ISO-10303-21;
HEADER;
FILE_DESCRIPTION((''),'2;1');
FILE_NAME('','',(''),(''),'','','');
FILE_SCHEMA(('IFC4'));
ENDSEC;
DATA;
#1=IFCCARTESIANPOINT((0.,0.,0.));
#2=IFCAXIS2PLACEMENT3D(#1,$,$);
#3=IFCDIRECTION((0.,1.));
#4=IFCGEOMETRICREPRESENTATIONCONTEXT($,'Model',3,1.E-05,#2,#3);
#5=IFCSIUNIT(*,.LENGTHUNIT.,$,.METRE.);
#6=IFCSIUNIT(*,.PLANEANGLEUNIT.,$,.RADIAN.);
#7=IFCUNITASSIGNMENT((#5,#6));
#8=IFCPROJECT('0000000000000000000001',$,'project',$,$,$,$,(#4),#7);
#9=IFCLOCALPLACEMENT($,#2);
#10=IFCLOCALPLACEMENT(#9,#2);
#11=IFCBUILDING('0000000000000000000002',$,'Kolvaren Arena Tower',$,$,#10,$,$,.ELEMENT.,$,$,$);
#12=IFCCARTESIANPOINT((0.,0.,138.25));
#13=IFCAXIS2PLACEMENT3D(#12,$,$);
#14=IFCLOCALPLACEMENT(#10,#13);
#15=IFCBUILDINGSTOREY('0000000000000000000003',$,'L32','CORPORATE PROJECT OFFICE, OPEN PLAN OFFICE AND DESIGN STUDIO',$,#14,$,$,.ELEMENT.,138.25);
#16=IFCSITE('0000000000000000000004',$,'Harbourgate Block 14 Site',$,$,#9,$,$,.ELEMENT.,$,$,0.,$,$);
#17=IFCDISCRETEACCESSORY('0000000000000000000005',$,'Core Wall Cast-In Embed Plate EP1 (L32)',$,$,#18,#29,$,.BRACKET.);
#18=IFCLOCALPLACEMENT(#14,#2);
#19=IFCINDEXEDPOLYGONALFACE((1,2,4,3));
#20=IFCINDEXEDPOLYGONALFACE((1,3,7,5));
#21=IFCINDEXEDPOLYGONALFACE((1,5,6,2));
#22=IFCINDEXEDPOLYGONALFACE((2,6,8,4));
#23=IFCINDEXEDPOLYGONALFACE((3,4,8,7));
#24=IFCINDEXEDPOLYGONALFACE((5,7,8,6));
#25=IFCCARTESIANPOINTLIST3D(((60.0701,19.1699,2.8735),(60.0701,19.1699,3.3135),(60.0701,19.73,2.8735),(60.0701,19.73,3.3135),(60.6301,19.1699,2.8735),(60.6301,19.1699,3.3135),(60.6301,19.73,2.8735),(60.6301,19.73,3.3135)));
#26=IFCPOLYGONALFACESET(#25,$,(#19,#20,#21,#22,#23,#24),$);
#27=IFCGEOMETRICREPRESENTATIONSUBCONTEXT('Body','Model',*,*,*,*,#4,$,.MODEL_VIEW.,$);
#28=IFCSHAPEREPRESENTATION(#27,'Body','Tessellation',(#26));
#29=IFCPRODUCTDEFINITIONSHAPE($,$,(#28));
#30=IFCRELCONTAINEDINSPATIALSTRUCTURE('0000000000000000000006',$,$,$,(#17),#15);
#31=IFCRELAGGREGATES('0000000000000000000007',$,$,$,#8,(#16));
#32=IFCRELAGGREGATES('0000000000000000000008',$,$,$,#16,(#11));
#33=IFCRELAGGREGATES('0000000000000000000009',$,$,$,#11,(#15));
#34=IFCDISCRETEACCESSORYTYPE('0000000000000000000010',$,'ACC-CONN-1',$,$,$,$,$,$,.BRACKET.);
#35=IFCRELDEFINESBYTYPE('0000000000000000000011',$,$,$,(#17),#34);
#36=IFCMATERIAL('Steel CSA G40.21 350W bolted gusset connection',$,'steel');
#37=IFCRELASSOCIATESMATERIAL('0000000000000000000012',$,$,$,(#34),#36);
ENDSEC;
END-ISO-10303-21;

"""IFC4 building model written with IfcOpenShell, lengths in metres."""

from ifc_helpers import new_model, si_unit, direction, frame, origin, origin_2d, place, context, subcontext, project, spatial, rectangle, extrude, material, type_object, element, save


model = new_model("IFC4")

# Units and contexts
model_context = context("Model", 3, precision=1e-05, world=origin(), true_north=direction((0.0, 1.0)))
body_context = subcontext(model_context, "Body", "Model", "MODEL_VIEW")
ifc_project = project(units=[si_unit("LENGTHUNIT", "METRE"), si_unit("PLANEANGLEUNIT", "RADIAN")], contexts=[model_context])

# Site, building, storey
site_placement = place(None, origin())
site = spatial("IfcSite", under=ifc_project, at=site_placement, Name="Harbourgate Block 14 Site", CompositionType="ELEMENT", RefElevation=0.0)
building_placement = place(site_placement, origin())
building = spatial("IfcBuilding", under=site, at=building_placement, Name="Kolvaren Arena Tower", CompositionType="ELEMENT")
storey_placement = place(building_placement, frame((0.0, 0.0, 138.25)))
storey = spatial("IfcBuildingStorey", under=building, at=storey_placement, Name="L32", Description="CORPORATE PROJECT OFFICE, OPEN PLAN OFFICE AND DESIGN STUDIO", CompositionType="ELEMENT", Elevation=138.25)

# Discrete accessory
ifc_material_1 = material(Name="Steel CSA G40.21 350W bolted gusset connection", Category="steel")
discrete_accessory_type_1 = type_object("IfcDiscreteAccessoryType", Name="ACC-CONN-1", PredefinedType="BRACKET", material=ifc_material_1)
discrete_accessory_1_placement = place(storey_placement, frame((60.3501, 19.45, 2.8735), z_axis=(0.0, 0.0, 1.0), x_axis=(1.0, 0.0, 0.0)))
element("IfcDiscreteAccessory", 1, at=discrete_accessory_1_placement, inside=storey, type_object=discrete_accessory_type_1, Name="Core Wall Cast-In Embed Plate EP1 (L32)", PredefinedType="BRACKET", context=body_context, shape_type="SweptSolid", body=[
    extrude(rectangle(XDim=0.5601, YDim=0.5601, at=origin_2d()), origin(), (0.0, 0.0, 1.0), 0.4399),
])

save(model, "model.ifc")
